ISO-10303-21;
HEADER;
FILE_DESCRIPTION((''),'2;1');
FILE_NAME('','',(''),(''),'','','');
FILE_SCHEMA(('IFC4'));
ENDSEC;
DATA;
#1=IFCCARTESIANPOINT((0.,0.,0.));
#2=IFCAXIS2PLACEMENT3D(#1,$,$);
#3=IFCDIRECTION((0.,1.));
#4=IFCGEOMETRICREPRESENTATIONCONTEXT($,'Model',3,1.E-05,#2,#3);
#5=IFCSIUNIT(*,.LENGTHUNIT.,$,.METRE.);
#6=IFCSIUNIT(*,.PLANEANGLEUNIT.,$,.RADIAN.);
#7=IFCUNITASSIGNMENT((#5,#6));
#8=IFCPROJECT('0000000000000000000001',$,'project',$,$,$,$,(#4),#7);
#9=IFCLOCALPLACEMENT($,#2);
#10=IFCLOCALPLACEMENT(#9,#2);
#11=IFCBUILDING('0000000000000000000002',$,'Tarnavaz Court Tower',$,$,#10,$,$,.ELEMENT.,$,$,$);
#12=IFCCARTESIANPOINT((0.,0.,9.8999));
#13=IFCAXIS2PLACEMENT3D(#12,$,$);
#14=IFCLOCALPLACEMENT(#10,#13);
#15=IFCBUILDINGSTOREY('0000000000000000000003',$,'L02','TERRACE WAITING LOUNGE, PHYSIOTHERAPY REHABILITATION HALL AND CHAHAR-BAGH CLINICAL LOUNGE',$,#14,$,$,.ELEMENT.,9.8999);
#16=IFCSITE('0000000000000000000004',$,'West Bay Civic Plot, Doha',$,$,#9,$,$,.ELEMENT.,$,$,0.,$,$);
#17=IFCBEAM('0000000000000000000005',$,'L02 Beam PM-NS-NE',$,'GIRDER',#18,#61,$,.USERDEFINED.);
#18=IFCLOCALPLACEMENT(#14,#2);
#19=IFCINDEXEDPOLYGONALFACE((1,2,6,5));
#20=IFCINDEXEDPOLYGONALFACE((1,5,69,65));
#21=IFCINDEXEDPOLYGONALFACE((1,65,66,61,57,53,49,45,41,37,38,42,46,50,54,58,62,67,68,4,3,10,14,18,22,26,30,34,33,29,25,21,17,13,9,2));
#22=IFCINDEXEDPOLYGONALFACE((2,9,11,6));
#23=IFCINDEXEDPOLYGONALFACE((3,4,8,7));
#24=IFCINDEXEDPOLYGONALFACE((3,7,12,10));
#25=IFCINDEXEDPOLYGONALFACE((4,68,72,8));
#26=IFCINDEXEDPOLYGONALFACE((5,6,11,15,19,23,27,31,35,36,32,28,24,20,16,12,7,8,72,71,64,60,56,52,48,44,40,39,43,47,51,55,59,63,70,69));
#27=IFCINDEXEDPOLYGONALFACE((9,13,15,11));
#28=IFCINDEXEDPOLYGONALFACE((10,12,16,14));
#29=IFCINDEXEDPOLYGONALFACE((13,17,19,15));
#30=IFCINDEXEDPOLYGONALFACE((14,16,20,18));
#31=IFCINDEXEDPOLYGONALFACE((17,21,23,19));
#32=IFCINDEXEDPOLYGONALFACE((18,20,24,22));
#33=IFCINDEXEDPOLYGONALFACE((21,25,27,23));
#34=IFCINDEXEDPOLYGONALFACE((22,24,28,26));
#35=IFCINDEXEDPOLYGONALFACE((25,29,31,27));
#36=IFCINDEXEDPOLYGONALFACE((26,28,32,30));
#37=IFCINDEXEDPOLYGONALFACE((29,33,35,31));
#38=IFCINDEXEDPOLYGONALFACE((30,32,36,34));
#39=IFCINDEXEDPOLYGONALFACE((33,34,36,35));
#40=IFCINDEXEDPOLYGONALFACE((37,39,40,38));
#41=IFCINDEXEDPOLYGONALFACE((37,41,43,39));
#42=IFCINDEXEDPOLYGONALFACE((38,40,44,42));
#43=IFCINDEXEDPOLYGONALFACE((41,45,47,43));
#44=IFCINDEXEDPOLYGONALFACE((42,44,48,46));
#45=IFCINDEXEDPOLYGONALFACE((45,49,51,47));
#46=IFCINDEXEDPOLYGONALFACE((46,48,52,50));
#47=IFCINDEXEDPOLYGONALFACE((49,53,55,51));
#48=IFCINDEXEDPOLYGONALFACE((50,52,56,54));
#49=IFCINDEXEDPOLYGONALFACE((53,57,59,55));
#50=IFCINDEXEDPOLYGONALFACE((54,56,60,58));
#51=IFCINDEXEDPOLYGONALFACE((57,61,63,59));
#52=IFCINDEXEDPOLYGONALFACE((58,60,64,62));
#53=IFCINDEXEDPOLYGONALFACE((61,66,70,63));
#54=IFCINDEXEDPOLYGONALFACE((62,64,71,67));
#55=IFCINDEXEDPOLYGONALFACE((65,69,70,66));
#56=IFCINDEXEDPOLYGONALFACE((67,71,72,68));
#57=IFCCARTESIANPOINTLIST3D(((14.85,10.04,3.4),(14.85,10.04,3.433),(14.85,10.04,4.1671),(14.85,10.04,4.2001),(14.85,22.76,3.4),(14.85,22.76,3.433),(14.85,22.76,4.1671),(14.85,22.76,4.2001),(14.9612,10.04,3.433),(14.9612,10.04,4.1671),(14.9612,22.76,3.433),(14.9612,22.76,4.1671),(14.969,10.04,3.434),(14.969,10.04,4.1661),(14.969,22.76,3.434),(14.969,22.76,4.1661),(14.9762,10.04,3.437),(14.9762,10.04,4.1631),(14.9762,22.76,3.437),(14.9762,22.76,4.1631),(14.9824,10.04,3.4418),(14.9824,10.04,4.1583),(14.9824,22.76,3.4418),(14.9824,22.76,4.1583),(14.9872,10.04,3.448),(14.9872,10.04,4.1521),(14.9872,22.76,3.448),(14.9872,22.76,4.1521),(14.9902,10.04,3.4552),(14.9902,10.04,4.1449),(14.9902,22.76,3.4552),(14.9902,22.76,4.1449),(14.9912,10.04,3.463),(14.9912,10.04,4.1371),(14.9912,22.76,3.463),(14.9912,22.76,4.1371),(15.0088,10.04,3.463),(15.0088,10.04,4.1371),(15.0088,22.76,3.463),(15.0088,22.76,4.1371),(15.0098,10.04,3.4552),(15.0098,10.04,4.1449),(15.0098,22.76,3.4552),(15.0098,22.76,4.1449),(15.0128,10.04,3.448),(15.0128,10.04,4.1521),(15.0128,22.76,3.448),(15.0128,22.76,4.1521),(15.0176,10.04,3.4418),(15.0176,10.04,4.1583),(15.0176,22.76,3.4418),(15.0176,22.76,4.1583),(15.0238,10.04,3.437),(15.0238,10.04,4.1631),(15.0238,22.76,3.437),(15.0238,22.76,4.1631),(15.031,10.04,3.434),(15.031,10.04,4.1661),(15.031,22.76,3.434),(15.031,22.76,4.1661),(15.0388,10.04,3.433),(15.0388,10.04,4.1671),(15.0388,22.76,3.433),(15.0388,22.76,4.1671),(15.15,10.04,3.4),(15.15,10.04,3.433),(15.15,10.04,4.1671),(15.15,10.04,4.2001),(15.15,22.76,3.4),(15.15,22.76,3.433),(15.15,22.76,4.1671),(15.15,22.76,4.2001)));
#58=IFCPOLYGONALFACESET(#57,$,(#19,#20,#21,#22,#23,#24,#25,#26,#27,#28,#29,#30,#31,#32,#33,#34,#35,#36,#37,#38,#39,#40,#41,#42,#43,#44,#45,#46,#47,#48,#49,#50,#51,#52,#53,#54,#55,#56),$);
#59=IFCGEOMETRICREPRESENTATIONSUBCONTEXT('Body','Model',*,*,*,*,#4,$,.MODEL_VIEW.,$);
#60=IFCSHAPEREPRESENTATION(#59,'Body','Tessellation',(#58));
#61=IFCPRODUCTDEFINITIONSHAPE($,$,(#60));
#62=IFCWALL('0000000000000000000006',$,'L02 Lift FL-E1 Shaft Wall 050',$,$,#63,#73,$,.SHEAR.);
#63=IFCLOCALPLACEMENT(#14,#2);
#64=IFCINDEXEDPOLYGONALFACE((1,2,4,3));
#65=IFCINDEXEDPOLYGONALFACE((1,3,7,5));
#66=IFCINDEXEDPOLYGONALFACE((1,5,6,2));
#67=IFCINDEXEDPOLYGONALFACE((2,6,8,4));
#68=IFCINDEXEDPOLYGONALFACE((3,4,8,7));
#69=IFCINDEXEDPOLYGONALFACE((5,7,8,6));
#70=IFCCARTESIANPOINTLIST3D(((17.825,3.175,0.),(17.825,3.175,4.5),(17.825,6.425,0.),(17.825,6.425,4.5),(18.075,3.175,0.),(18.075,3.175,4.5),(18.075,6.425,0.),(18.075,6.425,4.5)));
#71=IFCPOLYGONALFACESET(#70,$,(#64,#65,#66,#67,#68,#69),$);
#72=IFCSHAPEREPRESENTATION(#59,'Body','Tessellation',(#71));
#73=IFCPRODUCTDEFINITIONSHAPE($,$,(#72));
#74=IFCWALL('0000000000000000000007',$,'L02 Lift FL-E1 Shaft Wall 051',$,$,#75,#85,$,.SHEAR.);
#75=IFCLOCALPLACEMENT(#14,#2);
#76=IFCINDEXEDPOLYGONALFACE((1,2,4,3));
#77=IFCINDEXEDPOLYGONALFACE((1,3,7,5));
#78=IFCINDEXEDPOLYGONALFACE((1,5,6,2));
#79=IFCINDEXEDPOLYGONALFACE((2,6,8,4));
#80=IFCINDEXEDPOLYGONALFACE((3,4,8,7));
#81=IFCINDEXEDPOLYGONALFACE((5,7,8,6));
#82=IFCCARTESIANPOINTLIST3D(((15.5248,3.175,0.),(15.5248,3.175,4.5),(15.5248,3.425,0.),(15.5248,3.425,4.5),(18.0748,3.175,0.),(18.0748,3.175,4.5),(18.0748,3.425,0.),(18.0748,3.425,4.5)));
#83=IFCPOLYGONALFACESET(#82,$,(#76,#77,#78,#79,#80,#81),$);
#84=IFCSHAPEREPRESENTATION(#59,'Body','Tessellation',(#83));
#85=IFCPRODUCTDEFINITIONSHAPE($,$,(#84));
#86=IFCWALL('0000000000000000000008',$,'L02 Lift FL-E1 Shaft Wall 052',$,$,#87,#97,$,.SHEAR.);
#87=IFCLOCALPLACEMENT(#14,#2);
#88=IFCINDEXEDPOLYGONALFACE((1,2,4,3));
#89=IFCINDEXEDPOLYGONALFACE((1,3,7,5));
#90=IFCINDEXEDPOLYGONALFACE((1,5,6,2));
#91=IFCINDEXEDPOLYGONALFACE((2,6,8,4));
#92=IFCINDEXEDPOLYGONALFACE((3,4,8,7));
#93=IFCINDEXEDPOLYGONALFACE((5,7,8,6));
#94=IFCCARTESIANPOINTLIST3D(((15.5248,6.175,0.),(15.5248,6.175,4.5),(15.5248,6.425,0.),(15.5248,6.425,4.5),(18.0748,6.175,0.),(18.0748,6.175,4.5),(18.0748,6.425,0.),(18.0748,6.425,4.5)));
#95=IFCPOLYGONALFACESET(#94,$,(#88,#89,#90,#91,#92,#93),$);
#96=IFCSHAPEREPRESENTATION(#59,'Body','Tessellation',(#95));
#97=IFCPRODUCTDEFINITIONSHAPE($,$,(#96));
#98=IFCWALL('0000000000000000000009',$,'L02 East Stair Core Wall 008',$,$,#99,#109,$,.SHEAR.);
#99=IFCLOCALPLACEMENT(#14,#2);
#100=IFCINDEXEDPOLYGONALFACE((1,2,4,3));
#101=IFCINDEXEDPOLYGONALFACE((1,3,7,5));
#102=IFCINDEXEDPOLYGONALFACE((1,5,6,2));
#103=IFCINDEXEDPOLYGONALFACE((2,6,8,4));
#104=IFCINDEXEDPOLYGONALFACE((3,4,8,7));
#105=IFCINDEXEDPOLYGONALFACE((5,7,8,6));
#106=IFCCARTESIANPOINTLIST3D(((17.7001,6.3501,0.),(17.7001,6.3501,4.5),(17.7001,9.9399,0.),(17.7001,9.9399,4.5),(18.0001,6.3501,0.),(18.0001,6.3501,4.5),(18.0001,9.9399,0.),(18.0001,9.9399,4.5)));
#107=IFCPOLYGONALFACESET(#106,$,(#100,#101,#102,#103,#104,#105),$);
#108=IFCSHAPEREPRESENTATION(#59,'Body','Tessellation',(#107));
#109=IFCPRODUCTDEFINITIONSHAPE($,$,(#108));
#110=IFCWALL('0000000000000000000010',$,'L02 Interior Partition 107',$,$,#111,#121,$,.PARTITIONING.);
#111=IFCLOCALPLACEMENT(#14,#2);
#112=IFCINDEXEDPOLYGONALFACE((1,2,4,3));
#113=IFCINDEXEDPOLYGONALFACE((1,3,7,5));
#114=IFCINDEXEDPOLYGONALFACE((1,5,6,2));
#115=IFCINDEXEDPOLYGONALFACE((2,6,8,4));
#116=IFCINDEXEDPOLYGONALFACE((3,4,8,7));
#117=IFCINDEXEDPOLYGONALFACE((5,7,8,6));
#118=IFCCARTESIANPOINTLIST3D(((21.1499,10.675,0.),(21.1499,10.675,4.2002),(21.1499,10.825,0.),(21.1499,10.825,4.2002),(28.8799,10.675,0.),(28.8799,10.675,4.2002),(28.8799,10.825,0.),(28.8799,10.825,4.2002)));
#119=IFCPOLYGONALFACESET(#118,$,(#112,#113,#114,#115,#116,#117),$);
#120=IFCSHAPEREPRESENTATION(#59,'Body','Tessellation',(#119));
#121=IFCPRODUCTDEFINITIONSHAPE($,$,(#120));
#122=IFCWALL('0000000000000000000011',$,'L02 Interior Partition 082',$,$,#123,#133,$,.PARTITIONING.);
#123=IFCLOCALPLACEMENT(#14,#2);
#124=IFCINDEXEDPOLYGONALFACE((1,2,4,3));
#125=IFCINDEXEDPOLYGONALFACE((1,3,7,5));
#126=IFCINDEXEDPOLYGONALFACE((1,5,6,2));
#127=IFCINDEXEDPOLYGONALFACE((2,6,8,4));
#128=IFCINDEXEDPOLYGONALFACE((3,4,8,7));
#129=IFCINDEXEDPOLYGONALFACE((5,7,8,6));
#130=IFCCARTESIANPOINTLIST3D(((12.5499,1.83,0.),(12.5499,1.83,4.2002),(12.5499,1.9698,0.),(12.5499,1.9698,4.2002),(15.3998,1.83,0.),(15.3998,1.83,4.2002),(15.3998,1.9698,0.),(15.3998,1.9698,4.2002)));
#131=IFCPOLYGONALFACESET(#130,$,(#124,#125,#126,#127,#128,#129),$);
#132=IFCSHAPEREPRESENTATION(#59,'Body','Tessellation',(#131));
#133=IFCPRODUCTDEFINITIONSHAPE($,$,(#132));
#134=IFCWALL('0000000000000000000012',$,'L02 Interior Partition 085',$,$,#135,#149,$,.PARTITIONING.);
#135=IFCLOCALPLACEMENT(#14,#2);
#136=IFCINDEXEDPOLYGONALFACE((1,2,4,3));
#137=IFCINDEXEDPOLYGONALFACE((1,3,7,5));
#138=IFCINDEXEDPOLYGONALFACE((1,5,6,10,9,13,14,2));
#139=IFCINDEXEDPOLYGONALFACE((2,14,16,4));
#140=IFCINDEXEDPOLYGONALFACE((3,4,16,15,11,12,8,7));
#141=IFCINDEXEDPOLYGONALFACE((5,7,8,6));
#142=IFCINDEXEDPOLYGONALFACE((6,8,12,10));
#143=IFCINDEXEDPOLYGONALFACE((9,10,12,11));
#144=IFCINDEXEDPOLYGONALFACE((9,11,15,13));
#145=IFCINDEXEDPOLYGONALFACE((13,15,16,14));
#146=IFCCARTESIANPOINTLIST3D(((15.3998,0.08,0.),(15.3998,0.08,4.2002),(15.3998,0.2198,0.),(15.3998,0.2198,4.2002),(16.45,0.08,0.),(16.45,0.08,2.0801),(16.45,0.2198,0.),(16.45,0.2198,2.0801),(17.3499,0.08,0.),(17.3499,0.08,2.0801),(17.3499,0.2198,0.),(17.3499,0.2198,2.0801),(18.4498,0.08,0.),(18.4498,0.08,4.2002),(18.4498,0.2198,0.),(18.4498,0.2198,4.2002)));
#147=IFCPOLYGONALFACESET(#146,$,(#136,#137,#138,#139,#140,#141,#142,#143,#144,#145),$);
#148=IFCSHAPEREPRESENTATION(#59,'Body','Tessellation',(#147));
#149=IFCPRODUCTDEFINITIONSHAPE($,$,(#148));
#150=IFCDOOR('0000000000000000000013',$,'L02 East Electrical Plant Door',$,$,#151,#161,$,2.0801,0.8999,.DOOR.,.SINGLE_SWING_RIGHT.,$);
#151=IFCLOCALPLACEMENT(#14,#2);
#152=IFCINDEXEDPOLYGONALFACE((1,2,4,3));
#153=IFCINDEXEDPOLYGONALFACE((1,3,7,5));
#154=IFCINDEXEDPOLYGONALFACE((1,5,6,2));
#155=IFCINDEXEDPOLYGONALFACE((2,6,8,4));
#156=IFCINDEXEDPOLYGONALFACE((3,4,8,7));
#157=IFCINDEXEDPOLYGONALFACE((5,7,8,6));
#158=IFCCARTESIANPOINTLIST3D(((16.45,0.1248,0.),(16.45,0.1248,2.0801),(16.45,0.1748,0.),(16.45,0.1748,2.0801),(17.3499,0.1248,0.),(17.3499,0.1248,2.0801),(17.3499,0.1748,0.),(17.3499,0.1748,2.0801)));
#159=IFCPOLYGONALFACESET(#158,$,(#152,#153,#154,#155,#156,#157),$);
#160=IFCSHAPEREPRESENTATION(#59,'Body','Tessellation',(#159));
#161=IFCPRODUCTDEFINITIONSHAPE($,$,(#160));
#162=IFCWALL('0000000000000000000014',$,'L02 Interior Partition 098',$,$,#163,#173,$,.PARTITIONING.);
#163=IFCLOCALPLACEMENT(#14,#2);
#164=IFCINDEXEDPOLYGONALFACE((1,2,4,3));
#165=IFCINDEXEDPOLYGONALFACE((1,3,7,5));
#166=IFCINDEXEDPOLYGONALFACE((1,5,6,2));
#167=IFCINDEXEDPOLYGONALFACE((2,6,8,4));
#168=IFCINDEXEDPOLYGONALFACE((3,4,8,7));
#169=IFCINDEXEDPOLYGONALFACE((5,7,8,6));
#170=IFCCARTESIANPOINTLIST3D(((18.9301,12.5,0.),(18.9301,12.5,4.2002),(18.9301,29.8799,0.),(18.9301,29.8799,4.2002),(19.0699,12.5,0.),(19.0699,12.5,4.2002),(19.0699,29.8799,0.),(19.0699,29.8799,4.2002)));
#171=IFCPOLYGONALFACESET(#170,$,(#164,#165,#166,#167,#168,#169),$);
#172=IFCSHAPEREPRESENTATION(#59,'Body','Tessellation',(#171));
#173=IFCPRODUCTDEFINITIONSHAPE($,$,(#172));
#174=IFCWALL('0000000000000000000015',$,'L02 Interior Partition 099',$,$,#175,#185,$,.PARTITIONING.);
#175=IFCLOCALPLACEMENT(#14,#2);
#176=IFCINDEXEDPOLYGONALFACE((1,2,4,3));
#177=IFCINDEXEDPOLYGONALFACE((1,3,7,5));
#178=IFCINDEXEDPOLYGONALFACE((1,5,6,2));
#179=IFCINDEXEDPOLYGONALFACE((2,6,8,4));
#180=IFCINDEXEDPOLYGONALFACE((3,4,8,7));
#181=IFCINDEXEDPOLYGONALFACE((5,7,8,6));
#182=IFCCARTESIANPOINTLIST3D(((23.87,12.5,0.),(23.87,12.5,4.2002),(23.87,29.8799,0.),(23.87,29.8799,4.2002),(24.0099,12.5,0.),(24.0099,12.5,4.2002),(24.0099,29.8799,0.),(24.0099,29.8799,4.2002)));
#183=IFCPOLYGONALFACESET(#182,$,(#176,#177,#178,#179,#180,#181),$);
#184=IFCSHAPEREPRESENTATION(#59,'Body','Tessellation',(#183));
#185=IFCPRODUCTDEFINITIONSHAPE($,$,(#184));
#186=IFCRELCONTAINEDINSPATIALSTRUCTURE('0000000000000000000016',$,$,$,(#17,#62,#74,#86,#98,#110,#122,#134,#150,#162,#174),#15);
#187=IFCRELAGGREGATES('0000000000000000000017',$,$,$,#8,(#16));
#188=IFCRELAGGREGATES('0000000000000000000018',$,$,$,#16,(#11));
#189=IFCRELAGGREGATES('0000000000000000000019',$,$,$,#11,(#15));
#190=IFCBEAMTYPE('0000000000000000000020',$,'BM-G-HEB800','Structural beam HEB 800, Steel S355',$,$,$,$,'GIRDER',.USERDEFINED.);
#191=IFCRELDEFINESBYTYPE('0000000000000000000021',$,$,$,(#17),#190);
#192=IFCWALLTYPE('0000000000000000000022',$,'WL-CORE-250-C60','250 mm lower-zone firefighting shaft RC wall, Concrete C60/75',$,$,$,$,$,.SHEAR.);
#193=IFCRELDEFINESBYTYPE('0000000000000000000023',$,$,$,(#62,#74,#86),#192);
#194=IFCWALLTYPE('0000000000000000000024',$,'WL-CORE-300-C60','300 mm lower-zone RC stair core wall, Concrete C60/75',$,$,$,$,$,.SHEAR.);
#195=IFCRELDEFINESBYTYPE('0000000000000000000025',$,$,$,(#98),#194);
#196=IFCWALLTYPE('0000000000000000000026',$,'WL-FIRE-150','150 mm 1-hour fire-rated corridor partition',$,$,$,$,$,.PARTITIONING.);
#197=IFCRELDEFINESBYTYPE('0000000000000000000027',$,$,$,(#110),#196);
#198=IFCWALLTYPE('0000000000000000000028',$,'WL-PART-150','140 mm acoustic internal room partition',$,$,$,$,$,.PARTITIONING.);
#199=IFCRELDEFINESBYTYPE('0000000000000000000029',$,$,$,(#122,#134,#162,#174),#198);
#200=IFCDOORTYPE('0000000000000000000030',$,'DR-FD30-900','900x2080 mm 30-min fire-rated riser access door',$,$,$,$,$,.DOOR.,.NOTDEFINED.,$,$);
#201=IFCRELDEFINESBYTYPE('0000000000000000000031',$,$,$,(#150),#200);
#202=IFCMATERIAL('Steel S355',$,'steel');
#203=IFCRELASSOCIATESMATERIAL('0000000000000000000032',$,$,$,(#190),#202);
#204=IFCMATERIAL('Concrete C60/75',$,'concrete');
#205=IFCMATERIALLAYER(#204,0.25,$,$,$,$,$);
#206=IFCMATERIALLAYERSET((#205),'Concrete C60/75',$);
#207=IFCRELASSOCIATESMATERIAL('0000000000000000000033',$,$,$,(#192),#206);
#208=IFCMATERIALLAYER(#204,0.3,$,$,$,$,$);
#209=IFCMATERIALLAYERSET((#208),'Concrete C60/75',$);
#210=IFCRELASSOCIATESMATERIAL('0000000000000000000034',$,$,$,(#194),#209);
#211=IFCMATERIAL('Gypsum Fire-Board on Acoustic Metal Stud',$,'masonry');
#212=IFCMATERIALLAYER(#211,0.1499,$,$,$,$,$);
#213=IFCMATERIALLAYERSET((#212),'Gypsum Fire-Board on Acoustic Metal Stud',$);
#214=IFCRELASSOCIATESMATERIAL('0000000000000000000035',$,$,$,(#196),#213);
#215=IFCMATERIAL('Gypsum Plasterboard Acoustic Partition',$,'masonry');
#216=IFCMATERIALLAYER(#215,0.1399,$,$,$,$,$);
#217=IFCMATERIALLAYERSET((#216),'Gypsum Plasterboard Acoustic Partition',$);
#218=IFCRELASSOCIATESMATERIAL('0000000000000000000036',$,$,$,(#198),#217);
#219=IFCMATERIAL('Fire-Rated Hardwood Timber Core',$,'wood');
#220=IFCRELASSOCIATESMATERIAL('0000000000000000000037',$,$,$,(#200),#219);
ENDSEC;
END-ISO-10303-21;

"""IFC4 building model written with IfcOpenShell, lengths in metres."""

from ifc_helpers import new_model, si_unit, direction, frame, frame_2d, origin, origin_2d, place, context, subcontext, project, spatial, rectangle, i_section, extrude, material, layer, layer_set, material_profile, profile_set, type_object, element, fill, save


model = new_model("IFC4")

# Units and contexts
model_context = context("Model", 3, precision=1e-05, world=origin(), true_north=direction((0.0, 1.0)))
body_context = subcontext(model_context, "Body", "Model", "MODEL_VIEW")
ifc_project = project(units=[si_unit("LENGTHUNIT", "METRE"), si_unit("PLANEANGLEUNIT", "RADIAN")], contexts=[model_context])

# Site, building, storey
site_placement = place(None, origin())
site = spatial("IfcSite", under=ifc_project, at=site_placement, Name="West Bay Civic Plot, Doha", CompositionType="ELEMENT", RefElevation=0.0)
building_placement = place(site_placement, origin())
building = spatial("IfcBuilding", under=site, at=building_placement, Name="Tarnavaz Court Tower", CompositionType="ELEMENT")
storey_placement = place(building_placement, frame((0.0, 0.0, 9.8999)))
storey = spatial("IfcBuildingStorey", under=building, at=storey_placement, Name="L02", Description="TERRACE WAITING LOUNGE, PHYSIOTHERAPY REHABILITATION HALL AND CHAHAR-BAGH CLINICAL LOUNGE", CompositionType="ELEMENT", Elevation=9.8999)

# Shared definitions
ifc_material_1 = material(Name="Concrete C60/75", Category="concrete")

# Beam
ifc_material_2 = material(Name="Steel S355", Category="steel")
ifc_material_profile_1 = material_profile(ifc_material_2, i_section(OverallWidth=0.3, OverallDepth=0.8, WebThickness=0.0176, FlangeThickness=0.033, FilletRadius=0.03, at=origin_2d()), Name="HEB 800")
ifc_profile_set_1 = profile_set([ifc_material_profile_1], Name="Steel S355")
beam_type_1 = type_object("IfcBeamType", Name="BM-G-HEB800", Description="Structural beam HEB 800, Steel S355", ElementType="GIRDER", PredefinedType="USERDEFINED", material=ifc_profile_set_1)
beam_1_placement = place(storey_placement, frame((15.0, 10.04, 3.8), z_axis=(0.0, 1.0, 0.0), x_axis=(-1.0, 0.0, 0.0)))
element("IfcBeam", 1, at=beam_1_placement, inside=storey, type_object=beam_type_1, Name="L02 Beam PM-NS-NE", ObjectType="GIRDER", PredefinedType="USERDEFINED", context=body_context, shape_type="SweptSolid", body=[
    extrude(i_section(OverallWidth=0.3, OverallDepth=0.8, WebThickness=0.0176, FlangeThickness=0.033, FilletRadius=0.03, at=origin_2d()), origin(), (0.0, 0.0, 1.0), 12.72),
])

# Shared definitions
ifc_layer_1 = layer(ifc_material_1, 0.25)
ifc_layer_set_1 = layer_set([ifc_layer_1], Name="Concrete C60/75")
wall_type_1 = type_object("IfcWallType", Name="WL-CORE-250-C60", Description="250 mm lower-zone firefighting shaft RC wall, Concrete C60/75", PredefinedType="SHEAR", material=ifc_layer_set_1)

# Walls
wall_1_placement = place(storey_placement, frame((17.95, 3.175, 0.0), z_axis=(0.0, 0.0, 1.0), x_axis=(0.0, 1.0, 0.0)))
element("IfcWall", 2, at=wall_1_placement, inside=storey, type_object=wall_type_1, Name="L02 Lift FL-E1 Shaft Wall 050", PredefinedType="SHEAR", context=body_context, shape_type="SweptSolid", body=[
    extrude(rectangle(XDim=3.25, YDim=0.25, at=frame_2d((1.625, 0.0))), origin(), (0.0, 0.0, 1.0), 4.5),
])
for number, where, z_axis, x_axis, name in (
    (3, (15.5249, 3.3, 0.0), (0.0, 0.0, 1.0), (1.0, 0.0, 0.0), "L02 Lift FL-E1 Shaft Wall 051"),
    (4, (15.5249, 6.3, 0.0), (0.0, 0.0, 1.0), (1.0, 0.0, 0.0), "L02 Lift FL-E1 Shaft Wall 052"),
):
    element("IfcWall", number, at=place(storey_placement, frame(where, z_axis=z_axis, x_axis=x_axis)), inside=storey, type_object=wall_type_1, Name=name, PredefinedType="SHEAR", context=body_context, shape_type="SweptSolid", body=[
        extrude(rectangle(XDim=2.55, YDim=0.25, at=frame_2d((1.2749, 0.0))), origin(), (0.0, 0.0, 1.0), 4.5),
    ])
ifc_layer_2 = layer(ifc_material_1, 0.3)
ifc_layer_set_2 = layer_set([ifc_layer_2], Name="Concrete C60/75")
wall_type_2 = type_object("IfcWallType", Name="WL-CORE-300-C60", Description="300 mm lower-zone RC stair core wall, Concrete C60/75", PredefinedType="SHEAR", material=ifc_layer_set_2)
wall_2_placement = place(storey_placement, frame((17.8501, 6.3501, 0.0), z_axis=(0.0, 0.0, 1.0), x_axis=(0.0, 1.0, 0.0)))
element("IfcWall", 5, at=wall_2_placement, inside=storey, type_object=wall_type_2, Name="L02 East Stair Core Wall 008", PredefinedType="SHEAR", context=body_context, shape_type="SweptSolid", body=[
    extrude(rectangle(XDim=3.5898, YDim=0.3, at=frame_2d((1.7949, 0.0))), origin(), (0.0, 0.0, 1.0), 4.5),
])
ifc_material_3 = material(Name="Gypsum Fire-Board on Acoustic Metal Stud", Category="masonry")
ifc_layer_3 = layer(ifc_material_3, 0.1499)
ifc_layer_set_3 = layer_set([ifc_layer_3], Name="Gypsum Fire-Board on Acoustic Metal Stud")
wall_type_3 = type_object("IfcWallType", Name="WL-FIRE-150", Description="150 mm 1-hour fire-rated corridor partition", PredefinedType="PARTITIONING", material=ifc_layer_set_3)
wall_3_placement = place(storey_placement, frame((21.1499, 10.75, 0.0), z_axis=(0.0, 0.0, 1.0), x_axis=(1.0, 0.0, 0.0)))
element("IfcWall", 6, at=wall_3_placement, inside=storey, type_object=wall_type_3, Name="L02 Interior Partition 107", PredefinedType="PARTITIONING", context=body_context, shape_type="SweptSolid", body=[
    extrude(rectangle(XDim=7.73, YDim=0.1499, at=frame_2d((3.865, 0.0))), origin(), (0.0, 0.0, 1.0), 4.2002),
])
ifc_material_4 = material(Name="Gypsum Plasterboard Acoustic Partition", Category="masonry")
ifc_layer_4 = layer(ifc_material_4, 0.1399)
ifc_layer_set_4 = layer_set([ifc_layer_4], Name="Gypsum Plasterboard Acoustic Partition")
wall_type_4 = type_object("IfcWallType", Name="WL-PART-150", Description="140 mm acoustic internal room partition", PredefinedType="PARTITIONING", material=ifc_layer_set_4)
wall_4_placement = place(storey_placement, frame((12.55, 1.8999, 0.0), z_axis=(0.0, 0.0, 1.0), x_axis=(1.0, 0.0, 0.0)))
element("IfcWall", 7, at=wall_4_placement, inside=storey, type_object=wall_type_4, Name="L02 Interior Partition 082", PredefinedType="PARTITIONING", context=body_context, shape_type="SweptSolid", body=[
    extrude(rectangle(XDim=2.8499, YDim=0.1399, at=frame_2d((1.4248, 0.0))), origin(), (0.0, 0.0, 1.0), 4.2002),
])

# Wall, opening, door
wall_5_placement = place(storey_placement, frame((15.3999, 0.1499, 0.0), z_axis=(0.0, 0.0, 1.0), x_axis=(1.0, 0.0, 0.0)))
wall_5 = element("IfcWall", 8, at=wall_5_placement, inside=storey, type_object=wall_type_4, Name="L02 Interior Partition 085", PredefinedType="PARTITIONING", context=body_context, shape_type="SweptSolid", body=[
    extrude(rectangle(XDim=3.05, YDim=0.1399, at=frame_2d((1.5249, 0.0))), origin(), (0.0, 0.0, 1.0), 4.2002),
])
opening_1_placement = place(wall_5_placement, frame((1.05, 0.0, 0.0)))
opening_1 = element("IfcOpeningElement", 9, at=opening_1_placement, cuts=wall_5, PredefinedType="OPENING", context=body_context, shape_type="SweptSolid", body=[
    extrude(rectangle(XDim=0.8999, YDim=2.0801, at=frame_2d((0.45, 1.04))), frame((0.0, 0.0798, 0.0), z_axis=(0.0, -1.0, 0.0), x_axis=(1.0, 0.0, 0.0)), (0.0, 0.0, 1.0), 0.1599),
])
ifc_material_5 = material(Name="Fire-Rated Hardwood Timber Core", Category="wood")
door_type_1 = type_object("IfcDoorType", Name="DR-FD30-900", Description="900x2080 mm 30-min fire-rated riser access door", OperationType="NOTDEFINED", PredefinedType="DOOR", material=ifc_material_5)
door_1_placement = place(opening_1_placement, origin())
door_1 = element("IfcDoor", 10, at=door_1_placement, inside=storey, type_object=door_type_1, Name="L02 East Electrical Plant Door", OperationType="SINGLE_SWING_RIGHT", OverallHeight=2.0801, OverallWidth=0.8999, PredefinedType="DOOR", context=body_context, shape_type="SweptSolid", body=[
    extrude(rectangle(XDim=0.8999, YDim=2.0801, at=frame_2d((0.45, 1.04))), frame((0.0, 0.0249, 0.0), z_axis=(0.0, -1.0, 0.0), x_axis=(1.0, 0.0, 0.0)), (0.0, 0.0, 1.0), 0.05),
])
fill(opening_1, door_1)

# Walls
for number, where, z_axis, x_axis, name in (
    (11, (19.0, 12.5, 0.0), (0.0, 0.0, 1.0), (0.0, 1.0, 0.0), "L02 Interior Partition 098"),
    (12, (23.9399, 12.5, 0.0), (0.0, 0.0, 1.0), (0.0, 1.0, 0.0), "L02 Interior Partition 099"),
):
    element("IfcWall", number, at=place(storey_placement, frame(where, z_axis=z_axis, x_axis=x_axis)), inside=storey, type_object=wall_type_4, Name=name, PredefinedType="PARTITIONING", context=body_context, shape_type="SweptSolid", body=[
        extrude(rectangle(XDim=17.3799, YDim=0.1399, at=frame_2d((8.6899, 0.0))), origin(), (0.0, 0.0, 1.0), 4.2002),
    ])

save(model, "model.ifc")
